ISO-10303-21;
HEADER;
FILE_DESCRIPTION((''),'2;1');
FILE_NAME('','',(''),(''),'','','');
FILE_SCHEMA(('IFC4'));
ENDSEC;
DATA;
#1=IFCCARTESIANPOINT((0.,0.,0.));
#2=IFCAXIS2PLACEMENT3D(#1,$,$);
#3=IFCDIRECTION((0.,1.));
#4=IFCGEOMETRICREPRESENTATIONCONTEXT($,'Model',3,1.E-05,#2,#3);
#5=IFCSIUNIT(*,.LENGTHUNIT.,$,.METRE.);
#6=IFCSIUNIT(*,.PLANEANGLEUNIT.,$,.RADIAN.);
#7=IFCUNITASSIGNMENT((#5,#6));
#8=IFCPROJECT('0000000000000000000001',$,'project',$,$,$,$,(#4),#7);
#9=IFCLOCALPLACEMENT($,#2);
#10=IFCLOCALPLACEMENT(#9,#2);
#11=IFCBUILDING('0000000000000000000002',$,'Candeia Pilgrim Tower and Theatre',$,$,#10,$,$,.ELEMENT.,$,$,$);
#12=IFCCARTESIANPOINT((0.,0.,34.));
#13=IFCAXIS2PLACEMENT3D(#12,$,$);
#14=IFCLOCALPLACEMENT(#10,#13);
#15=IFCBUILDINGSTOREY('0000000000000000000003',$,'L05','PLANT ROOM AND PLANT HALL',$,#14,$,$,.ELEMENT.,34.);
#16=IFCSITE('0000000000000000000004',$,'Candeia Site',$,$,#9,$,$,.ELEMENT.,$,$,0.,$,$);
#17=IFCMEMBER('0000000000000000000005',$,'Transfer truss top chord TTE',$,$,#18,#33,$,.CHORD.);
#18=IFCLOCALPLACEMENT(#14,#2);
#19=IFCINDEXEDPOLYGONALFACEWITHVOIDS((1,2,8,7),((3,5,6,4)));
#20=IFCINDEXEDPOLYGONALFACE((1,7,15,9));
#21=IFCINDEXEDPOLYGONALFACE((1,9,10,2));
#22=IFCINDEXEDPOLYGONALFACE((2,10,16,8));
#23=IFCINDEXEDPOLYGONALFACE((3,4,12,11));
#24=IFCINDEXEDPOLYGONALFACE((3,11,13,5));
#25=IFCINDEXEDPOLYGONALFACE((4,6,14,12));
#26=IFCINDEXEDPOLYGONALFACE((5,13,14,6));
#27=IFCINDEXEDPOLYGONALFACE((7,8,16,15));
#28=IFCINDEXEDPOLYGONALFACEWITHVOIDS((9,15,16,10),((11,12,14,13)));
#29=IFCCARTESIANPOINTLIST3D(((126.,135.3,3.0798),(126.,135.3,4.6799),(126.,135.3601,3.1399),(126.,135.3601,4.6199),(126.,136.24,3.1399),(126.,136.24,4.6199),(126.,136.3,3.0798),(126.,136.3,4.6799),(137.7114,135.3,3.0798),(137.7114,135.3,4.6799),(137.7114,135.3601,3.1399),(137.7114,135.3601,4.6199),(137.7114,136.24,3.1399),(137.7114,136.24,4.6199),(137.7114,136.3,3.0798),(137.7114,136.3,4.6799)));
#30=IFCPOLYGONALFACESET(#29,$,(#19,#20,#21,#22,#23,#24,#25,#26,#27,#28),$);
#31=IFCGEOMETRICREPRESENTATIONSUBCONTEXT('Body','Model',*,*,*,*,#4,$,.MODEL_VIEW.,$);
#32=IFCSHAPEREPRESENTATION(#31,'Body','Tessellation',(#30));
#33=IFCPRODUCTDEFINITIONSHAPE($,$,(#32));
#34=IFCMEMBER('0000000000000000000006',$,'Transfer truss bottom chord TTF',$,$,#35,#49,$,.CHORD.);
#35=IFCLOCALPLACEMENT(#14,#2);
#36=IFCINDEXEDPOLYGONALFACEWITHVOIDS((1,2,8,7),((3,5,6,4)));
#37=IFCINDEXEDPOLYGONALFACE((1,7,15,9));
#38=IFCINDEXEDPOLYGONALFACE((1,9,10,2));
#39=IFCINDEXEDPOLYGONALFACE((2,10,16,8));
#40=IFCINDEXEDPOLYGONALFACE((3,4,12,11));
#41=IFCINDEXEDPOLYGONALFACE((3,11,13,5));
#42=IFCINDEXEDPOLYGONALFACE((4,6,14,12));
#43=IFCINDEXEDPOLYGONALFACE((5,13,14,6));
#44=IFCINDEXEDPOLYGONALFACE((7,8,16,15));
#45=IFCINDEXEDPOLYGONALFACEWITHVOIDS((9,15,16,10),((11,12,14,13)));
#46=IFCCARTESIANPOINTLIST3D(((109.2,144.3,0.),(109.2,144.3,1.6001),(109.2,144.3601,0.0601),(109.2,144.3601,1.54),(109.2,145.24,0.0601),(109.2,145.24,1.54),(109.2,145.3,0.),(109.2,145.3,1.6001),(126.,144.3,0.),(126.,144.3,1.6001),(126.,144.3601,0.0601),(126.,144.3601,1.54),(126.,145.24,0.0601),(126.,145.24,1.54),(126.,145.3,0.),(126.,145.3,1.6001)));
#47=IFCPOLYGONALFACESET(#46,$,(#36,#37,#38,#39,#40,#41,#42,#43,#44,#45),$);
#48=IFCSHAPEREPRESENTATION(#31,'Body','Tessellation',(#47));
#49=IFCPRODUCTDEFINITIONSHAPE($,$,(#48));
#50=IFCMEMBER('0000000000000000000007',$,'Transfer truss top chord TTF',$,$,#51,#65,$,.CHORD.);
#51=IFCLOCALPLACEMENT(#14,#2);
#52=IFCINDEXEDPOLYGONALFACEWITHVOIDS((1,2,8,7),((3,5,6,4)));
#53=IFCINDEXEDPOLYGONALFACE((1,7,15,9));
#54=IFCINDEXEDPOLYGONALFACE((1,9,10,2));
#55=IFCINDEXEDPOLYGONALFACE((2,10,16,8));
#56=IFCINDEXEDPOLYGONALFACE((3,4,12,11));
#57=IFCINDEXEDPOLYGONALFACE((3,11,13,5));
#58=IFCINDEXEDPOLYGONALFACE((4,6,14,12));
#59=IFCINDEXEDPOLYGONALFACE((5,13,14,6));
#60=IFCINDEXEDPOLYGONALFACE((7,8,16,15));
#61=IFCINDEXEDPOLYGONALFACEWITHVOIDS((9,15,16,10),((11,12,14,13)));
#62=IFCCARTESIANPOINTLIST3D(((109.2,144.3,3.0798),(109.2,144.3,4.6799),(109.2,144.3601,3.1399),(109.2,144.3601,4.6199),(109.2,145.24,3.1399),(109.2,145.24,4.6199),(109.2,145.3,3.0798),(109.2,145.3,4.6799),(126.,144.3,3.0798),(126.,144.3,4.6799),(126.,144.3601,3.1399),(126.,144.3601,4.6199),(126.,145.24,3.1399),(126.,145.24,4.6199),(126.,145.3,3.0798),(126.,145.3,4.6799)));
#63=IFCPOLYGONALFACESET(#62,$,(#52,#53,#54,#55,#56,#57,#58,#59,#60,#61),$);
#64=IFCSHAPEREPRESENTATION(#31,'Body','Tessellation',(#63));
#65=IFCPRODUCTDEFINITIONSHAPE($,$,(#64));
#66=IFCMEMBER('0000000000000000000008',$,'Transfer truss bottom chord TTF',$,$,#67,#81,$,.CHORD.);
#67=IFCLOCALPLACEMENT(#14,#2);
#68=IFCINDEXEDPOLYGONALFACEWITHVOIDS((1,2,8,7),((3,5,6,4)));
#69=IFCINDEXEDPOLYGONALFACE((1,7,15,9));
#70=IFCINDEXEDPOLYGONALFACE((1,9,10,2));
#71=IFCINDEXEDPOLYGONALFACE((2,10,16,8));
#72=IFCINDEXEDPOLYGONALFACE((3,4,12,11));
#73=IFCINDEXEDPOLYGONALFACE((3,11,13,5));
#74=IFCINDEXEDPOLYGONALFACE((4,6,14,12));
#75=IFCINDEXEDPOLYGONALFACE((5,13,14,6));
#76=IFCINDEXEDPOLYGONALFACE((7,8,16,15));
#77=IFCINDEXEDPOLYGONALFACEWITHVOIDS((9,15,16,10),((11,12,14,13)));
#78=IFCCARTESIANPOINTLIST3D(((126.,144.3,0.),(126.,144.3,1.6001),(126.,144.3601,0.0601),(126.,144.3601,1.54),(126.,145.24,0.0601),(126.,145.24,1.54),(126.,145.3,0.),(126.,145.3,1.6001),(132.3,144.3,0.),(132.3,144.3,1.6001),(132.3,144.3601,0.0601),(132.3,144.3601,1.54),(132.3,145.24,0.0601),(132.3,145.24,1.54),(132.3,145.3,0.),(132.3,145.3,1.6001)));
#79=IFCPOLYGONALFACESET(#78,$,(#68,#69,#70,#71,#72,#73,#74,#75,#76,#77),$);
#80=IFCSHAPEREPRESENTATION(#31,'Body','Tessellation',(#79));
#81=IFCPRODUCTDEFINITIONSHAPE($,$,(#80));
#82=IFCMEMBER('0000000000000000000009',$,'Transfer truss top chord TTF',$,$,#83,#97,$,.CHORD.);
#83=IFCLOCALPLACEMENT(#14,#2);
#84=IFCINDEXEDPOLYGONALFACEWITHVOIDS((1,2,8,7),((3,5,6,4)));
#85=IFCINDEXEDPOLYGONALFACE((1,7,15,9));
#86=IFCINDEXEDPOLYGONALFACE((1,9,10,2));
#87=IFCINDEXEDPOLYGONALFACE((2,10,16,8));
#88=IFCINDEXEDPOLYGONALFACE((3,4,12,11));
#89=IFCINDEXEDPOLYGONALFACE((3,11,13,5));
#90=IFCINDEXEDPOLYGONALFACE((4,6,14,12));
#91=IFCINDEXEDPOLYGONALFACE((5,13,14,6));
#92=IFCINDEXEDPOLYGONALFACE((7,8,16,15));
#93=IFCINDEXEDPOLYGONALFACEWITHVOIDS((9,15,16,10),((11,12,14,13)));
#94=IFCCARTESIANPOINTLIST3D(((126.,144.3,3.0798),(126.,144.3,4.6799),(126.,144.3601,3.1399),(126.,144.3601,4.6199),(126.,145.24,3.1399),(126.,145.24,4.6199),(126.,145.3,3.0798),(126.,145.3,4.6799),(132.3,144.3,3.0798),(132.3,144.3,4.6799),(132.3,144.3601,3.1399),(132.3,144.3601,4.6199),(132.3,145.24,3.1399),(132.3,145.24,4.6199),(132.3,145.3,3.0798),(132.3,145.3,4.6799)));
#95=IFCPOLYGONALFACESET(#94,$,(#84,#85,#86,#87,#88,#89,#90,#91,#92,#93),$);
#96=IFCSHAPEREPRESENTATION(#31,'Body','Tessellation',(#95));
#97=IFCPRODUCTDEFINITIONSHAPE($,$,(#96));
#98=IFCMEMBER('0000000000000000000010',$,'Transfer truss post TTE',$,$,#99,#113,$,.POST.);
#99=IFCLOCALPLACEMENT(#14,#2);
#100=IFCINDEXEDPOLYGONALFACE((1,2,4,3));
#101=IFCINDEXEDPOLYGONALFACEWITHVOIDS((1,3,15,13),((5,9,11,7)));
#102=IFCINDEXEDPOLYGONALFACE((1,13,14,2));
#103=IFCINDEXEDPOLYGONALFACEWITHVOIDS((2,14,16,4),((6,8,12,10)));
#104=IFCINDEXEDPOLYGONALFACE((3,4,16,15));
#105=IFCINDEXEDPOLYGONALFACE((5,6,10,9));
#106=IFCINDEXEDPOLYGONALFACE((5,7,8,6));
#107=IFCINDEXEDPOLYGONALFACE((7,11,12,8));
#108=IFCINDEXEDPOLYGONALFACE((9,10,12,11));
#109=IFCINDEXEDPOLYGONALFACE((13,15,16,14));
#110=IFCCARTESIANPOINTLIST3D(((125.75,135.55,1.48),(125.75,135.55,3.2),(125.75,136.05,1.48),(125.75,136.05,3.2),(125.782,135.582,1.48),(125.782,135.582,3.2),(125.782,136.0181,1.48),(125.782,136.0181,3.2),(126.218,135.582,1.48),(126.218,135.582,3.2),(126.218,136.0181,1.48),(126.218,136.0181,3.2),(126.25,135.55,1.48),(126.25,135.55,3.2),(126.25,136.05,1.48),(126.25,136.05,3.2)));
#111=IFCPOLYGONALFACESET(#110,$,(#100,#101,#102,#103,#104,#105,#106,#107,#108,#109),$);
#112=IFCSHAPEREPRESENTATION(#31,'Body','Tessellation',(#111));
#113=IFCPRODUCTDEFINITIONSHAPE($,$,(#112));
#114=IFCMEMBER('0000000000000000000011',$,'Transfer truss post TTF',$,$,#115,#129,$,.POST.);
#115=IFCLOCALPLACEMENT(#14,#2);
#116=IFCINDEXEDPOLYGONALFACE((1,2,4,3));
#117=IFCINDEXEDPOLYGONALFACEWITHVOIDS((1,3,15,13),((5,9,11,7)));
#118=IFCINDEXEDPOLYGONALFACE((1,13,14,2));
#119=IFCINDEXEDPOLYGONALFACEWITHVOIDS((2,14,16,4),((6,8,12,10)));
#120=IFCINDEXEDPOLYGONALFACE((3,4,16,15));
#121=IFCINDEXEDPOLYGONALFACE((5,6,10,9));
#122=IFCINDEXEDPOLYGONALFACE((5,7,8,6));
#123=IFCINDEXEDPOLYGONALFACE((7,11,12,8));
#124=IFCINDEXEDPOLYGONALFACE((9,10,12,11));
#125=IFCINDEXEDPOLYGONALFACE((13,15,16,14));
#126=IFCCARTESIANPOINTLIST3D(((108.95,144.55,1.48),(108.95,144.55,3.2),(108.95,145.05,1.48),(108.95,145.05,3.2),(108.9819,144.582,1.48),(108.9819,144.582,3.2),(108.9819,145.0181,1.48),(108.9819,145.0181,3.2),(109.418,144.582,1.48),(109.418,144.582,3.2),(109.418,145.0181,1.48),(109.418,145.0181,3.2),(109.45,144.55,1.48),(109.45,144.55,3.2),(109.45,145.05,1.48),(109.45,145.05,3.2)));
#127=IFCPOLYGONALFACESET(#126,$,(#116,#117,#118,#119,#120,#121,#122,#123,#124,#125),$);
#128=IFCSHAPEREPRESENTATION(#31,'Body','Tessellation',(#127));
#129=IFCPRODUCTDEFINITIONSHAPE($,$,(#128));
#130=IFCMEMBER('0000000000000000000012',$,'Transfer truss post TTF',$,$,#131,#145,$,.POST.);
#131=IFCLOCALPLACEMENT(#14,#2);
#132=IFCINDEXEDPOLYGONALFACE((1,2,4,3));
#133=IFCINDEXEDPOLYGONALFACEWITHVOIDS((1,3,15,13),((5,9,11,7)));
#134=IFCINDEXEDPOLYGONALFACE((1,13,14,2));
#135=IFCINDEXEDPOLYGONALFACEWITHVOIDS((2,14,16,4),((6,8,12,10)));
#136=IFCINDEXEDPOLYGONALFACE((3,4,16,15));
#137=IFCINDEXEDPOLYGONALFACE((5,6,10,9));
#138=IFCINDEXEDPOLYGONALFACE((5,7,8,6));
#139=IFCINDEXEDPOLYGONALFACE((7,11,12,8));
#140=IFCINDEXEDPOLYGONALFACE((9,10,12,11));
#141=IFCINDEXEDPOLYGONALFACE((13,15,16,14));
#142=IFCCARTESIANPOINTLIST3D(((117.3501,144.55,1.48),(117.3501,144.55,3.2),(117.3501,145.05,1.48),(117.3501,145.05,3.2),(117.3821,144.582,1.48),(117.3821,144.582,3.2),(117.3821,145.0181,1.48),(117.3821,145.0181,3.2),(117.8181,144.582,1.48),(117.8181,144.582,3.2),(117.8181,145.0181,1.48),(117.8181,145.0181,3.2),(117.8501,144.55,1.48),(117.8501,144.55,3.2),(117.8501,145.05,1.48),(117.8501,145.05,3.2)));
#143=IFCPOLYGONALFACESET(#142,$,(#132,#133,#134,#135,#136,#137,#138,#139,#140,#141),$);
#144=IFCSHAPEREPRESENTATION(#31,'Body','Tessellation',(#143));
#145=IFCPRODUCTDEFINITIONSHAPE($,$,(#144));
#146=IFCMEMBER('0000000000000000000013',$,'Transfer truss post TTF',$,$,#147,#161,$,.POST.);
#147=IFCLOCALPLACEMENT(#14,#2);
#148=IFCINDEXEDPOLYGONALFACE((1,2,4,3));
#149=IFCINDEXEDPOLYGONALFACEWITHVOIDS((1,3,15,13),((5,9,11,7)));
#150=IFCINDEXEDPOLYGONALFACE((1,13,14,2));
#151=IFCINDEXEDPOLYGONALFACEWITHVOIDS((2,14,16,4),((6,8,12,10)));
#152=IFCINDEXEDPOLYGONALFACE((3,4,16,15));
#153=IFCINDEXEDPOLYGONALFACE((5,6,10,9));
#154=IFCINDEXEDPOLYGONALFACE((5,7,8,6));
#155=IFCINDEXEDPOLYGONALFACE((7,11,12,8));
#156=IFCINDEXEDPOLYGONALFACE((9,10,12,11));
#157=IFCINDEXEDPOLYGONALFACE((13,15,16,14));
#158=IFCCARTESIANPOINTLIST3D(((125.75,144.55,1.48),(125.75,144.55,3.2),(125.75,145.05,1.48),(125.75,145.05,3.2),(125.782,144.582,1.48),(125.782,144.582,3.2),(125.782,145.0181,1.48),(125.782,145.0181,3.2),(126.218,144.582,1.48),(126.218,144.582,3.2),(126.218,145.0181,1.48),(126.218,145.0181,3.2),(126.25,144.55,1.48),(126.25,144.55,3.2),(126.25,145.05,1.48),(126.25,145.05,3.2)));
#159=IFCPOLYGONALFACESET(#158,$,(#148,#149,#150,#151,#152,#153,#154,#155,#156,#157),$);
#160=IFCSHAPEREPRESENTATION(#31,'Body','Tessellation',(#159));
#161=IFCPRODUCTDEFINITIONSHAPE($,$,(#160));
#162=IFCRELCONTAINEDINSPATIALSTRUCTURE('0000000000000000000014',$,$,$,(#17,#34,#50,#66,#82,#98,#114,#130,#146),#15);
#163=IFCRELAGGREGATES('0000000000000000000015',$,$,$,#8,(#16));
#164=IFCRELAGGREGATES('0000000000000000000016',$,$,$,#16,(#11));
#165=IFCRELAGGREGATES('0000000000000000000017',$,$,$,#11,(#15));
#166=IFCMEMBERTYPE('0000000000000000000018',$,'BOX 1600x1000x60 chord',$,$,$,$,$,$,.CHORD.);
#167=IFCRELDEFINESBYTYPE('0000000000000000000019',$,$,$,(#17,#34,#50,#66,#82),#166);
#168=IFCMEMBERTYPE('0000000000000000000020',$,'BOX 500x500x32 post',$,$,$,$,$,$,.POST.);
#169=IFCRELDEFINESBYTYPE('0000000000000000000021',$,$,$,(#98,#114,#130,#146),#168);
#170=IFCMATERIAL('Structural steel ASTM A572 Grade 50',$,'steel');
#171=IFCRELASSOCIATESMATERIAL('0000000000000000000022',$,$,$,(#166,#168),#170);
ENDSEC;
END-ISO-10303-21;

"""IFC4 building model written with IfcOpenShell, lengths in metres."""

from ifc_helpers import new_model, si_unit, direction, frame, origin, origin_2d, place, context, subcontext, project, spatial, hollow_rectangle, extrude, material, material_profile, profile_set, type_object, element, save


model = new_model("IFC4")

# Units and contexts
model_context = context("Model", 3, precision=1e-05, world=origin(), true_north=direction((0.0, 1.0)))
body_context = subcontext(model_context, "Body", "Model", "MODEL_VIEW")
ifc_project = project(units=[si_unit("LENGTHUNIT", "METRE"), si_unit("PLANEANGLEUNIT", "RADIAN")], contexts=[model_context])

# Site, building, storey
site_placement = place(None, origin())
site = spatial("IfcSite", under=ifc_project, at=site_placement, Name="Candeia Site", CompositionType="ELEMENT", RefElevation=0.0)
building_placement = place(site_placement, origin())
building = spatial("IfcBuilding", under=site, at=building_placement, Name="Candeia Pilgrim Tower and Theatre", CompositionType="ELEMENT")
storey_placement = place(building_placement, frame((0.0, 0.0, 34.0)))
storey = spatial("IfcBuildingStorey", under=building, at=storey_placement, Name="L05", Description="PLANT ROOM AND PLANT HALL", CompositionType="ELEMENT", Elevation=34.0)

# Members
ifc_material_1 = material(Name="Structural steel ASTM A572 Grade 50", Category="steel")
ifc_material_profile_1 = material_profile(ifc_material_1, hollow_rectangle(XDim=1.0, YDim=1.6001, WallThickness=0.0601, at=origin_2d()))
ifc_profile_set_1 = profile_set([ifc_material_profile_1], Name="Structural steel ASTM A572 Grade 50")
member_type_1 = type_object("IfcMemberType", Name="BOX 1600x1000x60 chord", PredefinedType="CHORD", material=ifc_profile_set_1)
member_1_placement = place(storey_placement, frame((126.0, 135.8, 3.8799), z_axis=(1.0, 0.0, 0.0), x_axis=(0.0, 1.0, 0.0)))
element("IfcMember", 1, at=member_1_placement, inside=storey, type_object=member_type_1, Name="Transfer truss top chord TTE", PredefinedType="CHORD", context=body_context, shape_type="SweptSolid", body=[
    extrude(hollow_rectangle(XDim=1.0, YDim=1.6001, WallThickness=0.0601, at=origin_2d()), origin(), (0.0, 0.0, 1.0), 11.7114),
])
for number, where, z_axis, x_axis, name in (
    (2, (109.2, 144.8, 0.8), (1.0, 0.0, 0.0), (0.0, 1.0, 0.0), "Transfer truss bottom chord TTF"),
    (3, (109.2, 144.8, 3.8799), (1.0, 0.0, 0.0), (0.0, 1.0, 0.0), "Transfer truss top chord TTF"),
):
    element("IfcMember", number, at=place(storey_placement, frame(where, z_axis=z_axis, x_axis=x_axis)), inside=storey, type_object=member_type_1, Name=name, PredefinedType="CHORD", context=body_context, shape_type="SweptSolid", body=[
        extrude(hollow_rectangle(XDim=1.0, YDim=1.6001, WallThickness=0.0601, at=origin_2d()), origin(), (0.0, 0.0, 1.0), 16.8),
    ])
for number, where, z_axis, x_axis, name in (
    (4, (126.0, 144.8, 0.8), (1.0, 0.0, 0.0), (0.0, 1.0, 0.0), "Transfer truss bottom chord TTF"),
    (5, (126.0, 144.8, 3.8799), (1.0, 0.0, 0.0), (0.0, 1.0, 0.0), "Transfer truss top chord TTF"),
):
    element("IfcMember", number, at=place(storey_placement, frame(where, z_axis=z_axis, x_axis=x_axis)), inside=storey, type_object=member_type_1, Name=name, PredefinedType="CHORD", context=body_context, shape_type="SweptSolid", body=[
        extrude(hollow_rectangle(XDim=1.0, YDim=1.6001, WallThickness=0.0601, at=origin_2d()), origin(), (0.0, 0.0, 1.0), 6.3),
    ])
ifc_material_profile_2 = material_profile(ifc_material_1, hollow_rectangle(XDim=0.5, YDim=0.5, WallThickness=0.032, at=origin_2d()))
ifc_profile_set_2 = profile_set([ifc_material_profile_2], Name="Structural steel ASTM A572 Grade 50")
member_type_2 = type_object("IfcMemberType", Name="BOX 500x500x32 post", PredefinedType="POST", material=ifc_profile_set_2)
for number, where, z_axis, x_axis, name in (
    (6, (126.0, 135.8, 1.48), (0.0, 0.0, 1.0), (1.0, 0.0, 0.0), "Transfer truss post TTE"),
    (7, (109.2, 144.8, 1.48), (0.0, 0.0, 1.0), (1.0, 0.0, 0.0), "Transfer truss post TTF"),
    (8, (117.6001, 144.8, 1.48), (0.0, 0.0, 1.0), (1.0, 0.0, 0.0), "Transfer truss post TTF"),
    (9, (126.0, 144.8, 1.48), (0.0, 0.0, 1.0), (1.0, 0.0, 0.0), "Transfer truss post TTF"),
):
    element("IfcMember", number, at=place(storey_placement, frame(where, z_axis=z_axis, x_axis=x_axis)), inside=storey, type_object=member_type_2, Name=name, PredefinedType="POST", context=body_context, shape_type="SweptSolid", body=[
        extrude(hollow_rectangle(XDim=0.5, YDim=0.5, WallThickness=0.032, at=origin_2d()), origin(), (0.0, 0.0, 1.0), 1.72),
    ])

save(model, "model.ifc")
